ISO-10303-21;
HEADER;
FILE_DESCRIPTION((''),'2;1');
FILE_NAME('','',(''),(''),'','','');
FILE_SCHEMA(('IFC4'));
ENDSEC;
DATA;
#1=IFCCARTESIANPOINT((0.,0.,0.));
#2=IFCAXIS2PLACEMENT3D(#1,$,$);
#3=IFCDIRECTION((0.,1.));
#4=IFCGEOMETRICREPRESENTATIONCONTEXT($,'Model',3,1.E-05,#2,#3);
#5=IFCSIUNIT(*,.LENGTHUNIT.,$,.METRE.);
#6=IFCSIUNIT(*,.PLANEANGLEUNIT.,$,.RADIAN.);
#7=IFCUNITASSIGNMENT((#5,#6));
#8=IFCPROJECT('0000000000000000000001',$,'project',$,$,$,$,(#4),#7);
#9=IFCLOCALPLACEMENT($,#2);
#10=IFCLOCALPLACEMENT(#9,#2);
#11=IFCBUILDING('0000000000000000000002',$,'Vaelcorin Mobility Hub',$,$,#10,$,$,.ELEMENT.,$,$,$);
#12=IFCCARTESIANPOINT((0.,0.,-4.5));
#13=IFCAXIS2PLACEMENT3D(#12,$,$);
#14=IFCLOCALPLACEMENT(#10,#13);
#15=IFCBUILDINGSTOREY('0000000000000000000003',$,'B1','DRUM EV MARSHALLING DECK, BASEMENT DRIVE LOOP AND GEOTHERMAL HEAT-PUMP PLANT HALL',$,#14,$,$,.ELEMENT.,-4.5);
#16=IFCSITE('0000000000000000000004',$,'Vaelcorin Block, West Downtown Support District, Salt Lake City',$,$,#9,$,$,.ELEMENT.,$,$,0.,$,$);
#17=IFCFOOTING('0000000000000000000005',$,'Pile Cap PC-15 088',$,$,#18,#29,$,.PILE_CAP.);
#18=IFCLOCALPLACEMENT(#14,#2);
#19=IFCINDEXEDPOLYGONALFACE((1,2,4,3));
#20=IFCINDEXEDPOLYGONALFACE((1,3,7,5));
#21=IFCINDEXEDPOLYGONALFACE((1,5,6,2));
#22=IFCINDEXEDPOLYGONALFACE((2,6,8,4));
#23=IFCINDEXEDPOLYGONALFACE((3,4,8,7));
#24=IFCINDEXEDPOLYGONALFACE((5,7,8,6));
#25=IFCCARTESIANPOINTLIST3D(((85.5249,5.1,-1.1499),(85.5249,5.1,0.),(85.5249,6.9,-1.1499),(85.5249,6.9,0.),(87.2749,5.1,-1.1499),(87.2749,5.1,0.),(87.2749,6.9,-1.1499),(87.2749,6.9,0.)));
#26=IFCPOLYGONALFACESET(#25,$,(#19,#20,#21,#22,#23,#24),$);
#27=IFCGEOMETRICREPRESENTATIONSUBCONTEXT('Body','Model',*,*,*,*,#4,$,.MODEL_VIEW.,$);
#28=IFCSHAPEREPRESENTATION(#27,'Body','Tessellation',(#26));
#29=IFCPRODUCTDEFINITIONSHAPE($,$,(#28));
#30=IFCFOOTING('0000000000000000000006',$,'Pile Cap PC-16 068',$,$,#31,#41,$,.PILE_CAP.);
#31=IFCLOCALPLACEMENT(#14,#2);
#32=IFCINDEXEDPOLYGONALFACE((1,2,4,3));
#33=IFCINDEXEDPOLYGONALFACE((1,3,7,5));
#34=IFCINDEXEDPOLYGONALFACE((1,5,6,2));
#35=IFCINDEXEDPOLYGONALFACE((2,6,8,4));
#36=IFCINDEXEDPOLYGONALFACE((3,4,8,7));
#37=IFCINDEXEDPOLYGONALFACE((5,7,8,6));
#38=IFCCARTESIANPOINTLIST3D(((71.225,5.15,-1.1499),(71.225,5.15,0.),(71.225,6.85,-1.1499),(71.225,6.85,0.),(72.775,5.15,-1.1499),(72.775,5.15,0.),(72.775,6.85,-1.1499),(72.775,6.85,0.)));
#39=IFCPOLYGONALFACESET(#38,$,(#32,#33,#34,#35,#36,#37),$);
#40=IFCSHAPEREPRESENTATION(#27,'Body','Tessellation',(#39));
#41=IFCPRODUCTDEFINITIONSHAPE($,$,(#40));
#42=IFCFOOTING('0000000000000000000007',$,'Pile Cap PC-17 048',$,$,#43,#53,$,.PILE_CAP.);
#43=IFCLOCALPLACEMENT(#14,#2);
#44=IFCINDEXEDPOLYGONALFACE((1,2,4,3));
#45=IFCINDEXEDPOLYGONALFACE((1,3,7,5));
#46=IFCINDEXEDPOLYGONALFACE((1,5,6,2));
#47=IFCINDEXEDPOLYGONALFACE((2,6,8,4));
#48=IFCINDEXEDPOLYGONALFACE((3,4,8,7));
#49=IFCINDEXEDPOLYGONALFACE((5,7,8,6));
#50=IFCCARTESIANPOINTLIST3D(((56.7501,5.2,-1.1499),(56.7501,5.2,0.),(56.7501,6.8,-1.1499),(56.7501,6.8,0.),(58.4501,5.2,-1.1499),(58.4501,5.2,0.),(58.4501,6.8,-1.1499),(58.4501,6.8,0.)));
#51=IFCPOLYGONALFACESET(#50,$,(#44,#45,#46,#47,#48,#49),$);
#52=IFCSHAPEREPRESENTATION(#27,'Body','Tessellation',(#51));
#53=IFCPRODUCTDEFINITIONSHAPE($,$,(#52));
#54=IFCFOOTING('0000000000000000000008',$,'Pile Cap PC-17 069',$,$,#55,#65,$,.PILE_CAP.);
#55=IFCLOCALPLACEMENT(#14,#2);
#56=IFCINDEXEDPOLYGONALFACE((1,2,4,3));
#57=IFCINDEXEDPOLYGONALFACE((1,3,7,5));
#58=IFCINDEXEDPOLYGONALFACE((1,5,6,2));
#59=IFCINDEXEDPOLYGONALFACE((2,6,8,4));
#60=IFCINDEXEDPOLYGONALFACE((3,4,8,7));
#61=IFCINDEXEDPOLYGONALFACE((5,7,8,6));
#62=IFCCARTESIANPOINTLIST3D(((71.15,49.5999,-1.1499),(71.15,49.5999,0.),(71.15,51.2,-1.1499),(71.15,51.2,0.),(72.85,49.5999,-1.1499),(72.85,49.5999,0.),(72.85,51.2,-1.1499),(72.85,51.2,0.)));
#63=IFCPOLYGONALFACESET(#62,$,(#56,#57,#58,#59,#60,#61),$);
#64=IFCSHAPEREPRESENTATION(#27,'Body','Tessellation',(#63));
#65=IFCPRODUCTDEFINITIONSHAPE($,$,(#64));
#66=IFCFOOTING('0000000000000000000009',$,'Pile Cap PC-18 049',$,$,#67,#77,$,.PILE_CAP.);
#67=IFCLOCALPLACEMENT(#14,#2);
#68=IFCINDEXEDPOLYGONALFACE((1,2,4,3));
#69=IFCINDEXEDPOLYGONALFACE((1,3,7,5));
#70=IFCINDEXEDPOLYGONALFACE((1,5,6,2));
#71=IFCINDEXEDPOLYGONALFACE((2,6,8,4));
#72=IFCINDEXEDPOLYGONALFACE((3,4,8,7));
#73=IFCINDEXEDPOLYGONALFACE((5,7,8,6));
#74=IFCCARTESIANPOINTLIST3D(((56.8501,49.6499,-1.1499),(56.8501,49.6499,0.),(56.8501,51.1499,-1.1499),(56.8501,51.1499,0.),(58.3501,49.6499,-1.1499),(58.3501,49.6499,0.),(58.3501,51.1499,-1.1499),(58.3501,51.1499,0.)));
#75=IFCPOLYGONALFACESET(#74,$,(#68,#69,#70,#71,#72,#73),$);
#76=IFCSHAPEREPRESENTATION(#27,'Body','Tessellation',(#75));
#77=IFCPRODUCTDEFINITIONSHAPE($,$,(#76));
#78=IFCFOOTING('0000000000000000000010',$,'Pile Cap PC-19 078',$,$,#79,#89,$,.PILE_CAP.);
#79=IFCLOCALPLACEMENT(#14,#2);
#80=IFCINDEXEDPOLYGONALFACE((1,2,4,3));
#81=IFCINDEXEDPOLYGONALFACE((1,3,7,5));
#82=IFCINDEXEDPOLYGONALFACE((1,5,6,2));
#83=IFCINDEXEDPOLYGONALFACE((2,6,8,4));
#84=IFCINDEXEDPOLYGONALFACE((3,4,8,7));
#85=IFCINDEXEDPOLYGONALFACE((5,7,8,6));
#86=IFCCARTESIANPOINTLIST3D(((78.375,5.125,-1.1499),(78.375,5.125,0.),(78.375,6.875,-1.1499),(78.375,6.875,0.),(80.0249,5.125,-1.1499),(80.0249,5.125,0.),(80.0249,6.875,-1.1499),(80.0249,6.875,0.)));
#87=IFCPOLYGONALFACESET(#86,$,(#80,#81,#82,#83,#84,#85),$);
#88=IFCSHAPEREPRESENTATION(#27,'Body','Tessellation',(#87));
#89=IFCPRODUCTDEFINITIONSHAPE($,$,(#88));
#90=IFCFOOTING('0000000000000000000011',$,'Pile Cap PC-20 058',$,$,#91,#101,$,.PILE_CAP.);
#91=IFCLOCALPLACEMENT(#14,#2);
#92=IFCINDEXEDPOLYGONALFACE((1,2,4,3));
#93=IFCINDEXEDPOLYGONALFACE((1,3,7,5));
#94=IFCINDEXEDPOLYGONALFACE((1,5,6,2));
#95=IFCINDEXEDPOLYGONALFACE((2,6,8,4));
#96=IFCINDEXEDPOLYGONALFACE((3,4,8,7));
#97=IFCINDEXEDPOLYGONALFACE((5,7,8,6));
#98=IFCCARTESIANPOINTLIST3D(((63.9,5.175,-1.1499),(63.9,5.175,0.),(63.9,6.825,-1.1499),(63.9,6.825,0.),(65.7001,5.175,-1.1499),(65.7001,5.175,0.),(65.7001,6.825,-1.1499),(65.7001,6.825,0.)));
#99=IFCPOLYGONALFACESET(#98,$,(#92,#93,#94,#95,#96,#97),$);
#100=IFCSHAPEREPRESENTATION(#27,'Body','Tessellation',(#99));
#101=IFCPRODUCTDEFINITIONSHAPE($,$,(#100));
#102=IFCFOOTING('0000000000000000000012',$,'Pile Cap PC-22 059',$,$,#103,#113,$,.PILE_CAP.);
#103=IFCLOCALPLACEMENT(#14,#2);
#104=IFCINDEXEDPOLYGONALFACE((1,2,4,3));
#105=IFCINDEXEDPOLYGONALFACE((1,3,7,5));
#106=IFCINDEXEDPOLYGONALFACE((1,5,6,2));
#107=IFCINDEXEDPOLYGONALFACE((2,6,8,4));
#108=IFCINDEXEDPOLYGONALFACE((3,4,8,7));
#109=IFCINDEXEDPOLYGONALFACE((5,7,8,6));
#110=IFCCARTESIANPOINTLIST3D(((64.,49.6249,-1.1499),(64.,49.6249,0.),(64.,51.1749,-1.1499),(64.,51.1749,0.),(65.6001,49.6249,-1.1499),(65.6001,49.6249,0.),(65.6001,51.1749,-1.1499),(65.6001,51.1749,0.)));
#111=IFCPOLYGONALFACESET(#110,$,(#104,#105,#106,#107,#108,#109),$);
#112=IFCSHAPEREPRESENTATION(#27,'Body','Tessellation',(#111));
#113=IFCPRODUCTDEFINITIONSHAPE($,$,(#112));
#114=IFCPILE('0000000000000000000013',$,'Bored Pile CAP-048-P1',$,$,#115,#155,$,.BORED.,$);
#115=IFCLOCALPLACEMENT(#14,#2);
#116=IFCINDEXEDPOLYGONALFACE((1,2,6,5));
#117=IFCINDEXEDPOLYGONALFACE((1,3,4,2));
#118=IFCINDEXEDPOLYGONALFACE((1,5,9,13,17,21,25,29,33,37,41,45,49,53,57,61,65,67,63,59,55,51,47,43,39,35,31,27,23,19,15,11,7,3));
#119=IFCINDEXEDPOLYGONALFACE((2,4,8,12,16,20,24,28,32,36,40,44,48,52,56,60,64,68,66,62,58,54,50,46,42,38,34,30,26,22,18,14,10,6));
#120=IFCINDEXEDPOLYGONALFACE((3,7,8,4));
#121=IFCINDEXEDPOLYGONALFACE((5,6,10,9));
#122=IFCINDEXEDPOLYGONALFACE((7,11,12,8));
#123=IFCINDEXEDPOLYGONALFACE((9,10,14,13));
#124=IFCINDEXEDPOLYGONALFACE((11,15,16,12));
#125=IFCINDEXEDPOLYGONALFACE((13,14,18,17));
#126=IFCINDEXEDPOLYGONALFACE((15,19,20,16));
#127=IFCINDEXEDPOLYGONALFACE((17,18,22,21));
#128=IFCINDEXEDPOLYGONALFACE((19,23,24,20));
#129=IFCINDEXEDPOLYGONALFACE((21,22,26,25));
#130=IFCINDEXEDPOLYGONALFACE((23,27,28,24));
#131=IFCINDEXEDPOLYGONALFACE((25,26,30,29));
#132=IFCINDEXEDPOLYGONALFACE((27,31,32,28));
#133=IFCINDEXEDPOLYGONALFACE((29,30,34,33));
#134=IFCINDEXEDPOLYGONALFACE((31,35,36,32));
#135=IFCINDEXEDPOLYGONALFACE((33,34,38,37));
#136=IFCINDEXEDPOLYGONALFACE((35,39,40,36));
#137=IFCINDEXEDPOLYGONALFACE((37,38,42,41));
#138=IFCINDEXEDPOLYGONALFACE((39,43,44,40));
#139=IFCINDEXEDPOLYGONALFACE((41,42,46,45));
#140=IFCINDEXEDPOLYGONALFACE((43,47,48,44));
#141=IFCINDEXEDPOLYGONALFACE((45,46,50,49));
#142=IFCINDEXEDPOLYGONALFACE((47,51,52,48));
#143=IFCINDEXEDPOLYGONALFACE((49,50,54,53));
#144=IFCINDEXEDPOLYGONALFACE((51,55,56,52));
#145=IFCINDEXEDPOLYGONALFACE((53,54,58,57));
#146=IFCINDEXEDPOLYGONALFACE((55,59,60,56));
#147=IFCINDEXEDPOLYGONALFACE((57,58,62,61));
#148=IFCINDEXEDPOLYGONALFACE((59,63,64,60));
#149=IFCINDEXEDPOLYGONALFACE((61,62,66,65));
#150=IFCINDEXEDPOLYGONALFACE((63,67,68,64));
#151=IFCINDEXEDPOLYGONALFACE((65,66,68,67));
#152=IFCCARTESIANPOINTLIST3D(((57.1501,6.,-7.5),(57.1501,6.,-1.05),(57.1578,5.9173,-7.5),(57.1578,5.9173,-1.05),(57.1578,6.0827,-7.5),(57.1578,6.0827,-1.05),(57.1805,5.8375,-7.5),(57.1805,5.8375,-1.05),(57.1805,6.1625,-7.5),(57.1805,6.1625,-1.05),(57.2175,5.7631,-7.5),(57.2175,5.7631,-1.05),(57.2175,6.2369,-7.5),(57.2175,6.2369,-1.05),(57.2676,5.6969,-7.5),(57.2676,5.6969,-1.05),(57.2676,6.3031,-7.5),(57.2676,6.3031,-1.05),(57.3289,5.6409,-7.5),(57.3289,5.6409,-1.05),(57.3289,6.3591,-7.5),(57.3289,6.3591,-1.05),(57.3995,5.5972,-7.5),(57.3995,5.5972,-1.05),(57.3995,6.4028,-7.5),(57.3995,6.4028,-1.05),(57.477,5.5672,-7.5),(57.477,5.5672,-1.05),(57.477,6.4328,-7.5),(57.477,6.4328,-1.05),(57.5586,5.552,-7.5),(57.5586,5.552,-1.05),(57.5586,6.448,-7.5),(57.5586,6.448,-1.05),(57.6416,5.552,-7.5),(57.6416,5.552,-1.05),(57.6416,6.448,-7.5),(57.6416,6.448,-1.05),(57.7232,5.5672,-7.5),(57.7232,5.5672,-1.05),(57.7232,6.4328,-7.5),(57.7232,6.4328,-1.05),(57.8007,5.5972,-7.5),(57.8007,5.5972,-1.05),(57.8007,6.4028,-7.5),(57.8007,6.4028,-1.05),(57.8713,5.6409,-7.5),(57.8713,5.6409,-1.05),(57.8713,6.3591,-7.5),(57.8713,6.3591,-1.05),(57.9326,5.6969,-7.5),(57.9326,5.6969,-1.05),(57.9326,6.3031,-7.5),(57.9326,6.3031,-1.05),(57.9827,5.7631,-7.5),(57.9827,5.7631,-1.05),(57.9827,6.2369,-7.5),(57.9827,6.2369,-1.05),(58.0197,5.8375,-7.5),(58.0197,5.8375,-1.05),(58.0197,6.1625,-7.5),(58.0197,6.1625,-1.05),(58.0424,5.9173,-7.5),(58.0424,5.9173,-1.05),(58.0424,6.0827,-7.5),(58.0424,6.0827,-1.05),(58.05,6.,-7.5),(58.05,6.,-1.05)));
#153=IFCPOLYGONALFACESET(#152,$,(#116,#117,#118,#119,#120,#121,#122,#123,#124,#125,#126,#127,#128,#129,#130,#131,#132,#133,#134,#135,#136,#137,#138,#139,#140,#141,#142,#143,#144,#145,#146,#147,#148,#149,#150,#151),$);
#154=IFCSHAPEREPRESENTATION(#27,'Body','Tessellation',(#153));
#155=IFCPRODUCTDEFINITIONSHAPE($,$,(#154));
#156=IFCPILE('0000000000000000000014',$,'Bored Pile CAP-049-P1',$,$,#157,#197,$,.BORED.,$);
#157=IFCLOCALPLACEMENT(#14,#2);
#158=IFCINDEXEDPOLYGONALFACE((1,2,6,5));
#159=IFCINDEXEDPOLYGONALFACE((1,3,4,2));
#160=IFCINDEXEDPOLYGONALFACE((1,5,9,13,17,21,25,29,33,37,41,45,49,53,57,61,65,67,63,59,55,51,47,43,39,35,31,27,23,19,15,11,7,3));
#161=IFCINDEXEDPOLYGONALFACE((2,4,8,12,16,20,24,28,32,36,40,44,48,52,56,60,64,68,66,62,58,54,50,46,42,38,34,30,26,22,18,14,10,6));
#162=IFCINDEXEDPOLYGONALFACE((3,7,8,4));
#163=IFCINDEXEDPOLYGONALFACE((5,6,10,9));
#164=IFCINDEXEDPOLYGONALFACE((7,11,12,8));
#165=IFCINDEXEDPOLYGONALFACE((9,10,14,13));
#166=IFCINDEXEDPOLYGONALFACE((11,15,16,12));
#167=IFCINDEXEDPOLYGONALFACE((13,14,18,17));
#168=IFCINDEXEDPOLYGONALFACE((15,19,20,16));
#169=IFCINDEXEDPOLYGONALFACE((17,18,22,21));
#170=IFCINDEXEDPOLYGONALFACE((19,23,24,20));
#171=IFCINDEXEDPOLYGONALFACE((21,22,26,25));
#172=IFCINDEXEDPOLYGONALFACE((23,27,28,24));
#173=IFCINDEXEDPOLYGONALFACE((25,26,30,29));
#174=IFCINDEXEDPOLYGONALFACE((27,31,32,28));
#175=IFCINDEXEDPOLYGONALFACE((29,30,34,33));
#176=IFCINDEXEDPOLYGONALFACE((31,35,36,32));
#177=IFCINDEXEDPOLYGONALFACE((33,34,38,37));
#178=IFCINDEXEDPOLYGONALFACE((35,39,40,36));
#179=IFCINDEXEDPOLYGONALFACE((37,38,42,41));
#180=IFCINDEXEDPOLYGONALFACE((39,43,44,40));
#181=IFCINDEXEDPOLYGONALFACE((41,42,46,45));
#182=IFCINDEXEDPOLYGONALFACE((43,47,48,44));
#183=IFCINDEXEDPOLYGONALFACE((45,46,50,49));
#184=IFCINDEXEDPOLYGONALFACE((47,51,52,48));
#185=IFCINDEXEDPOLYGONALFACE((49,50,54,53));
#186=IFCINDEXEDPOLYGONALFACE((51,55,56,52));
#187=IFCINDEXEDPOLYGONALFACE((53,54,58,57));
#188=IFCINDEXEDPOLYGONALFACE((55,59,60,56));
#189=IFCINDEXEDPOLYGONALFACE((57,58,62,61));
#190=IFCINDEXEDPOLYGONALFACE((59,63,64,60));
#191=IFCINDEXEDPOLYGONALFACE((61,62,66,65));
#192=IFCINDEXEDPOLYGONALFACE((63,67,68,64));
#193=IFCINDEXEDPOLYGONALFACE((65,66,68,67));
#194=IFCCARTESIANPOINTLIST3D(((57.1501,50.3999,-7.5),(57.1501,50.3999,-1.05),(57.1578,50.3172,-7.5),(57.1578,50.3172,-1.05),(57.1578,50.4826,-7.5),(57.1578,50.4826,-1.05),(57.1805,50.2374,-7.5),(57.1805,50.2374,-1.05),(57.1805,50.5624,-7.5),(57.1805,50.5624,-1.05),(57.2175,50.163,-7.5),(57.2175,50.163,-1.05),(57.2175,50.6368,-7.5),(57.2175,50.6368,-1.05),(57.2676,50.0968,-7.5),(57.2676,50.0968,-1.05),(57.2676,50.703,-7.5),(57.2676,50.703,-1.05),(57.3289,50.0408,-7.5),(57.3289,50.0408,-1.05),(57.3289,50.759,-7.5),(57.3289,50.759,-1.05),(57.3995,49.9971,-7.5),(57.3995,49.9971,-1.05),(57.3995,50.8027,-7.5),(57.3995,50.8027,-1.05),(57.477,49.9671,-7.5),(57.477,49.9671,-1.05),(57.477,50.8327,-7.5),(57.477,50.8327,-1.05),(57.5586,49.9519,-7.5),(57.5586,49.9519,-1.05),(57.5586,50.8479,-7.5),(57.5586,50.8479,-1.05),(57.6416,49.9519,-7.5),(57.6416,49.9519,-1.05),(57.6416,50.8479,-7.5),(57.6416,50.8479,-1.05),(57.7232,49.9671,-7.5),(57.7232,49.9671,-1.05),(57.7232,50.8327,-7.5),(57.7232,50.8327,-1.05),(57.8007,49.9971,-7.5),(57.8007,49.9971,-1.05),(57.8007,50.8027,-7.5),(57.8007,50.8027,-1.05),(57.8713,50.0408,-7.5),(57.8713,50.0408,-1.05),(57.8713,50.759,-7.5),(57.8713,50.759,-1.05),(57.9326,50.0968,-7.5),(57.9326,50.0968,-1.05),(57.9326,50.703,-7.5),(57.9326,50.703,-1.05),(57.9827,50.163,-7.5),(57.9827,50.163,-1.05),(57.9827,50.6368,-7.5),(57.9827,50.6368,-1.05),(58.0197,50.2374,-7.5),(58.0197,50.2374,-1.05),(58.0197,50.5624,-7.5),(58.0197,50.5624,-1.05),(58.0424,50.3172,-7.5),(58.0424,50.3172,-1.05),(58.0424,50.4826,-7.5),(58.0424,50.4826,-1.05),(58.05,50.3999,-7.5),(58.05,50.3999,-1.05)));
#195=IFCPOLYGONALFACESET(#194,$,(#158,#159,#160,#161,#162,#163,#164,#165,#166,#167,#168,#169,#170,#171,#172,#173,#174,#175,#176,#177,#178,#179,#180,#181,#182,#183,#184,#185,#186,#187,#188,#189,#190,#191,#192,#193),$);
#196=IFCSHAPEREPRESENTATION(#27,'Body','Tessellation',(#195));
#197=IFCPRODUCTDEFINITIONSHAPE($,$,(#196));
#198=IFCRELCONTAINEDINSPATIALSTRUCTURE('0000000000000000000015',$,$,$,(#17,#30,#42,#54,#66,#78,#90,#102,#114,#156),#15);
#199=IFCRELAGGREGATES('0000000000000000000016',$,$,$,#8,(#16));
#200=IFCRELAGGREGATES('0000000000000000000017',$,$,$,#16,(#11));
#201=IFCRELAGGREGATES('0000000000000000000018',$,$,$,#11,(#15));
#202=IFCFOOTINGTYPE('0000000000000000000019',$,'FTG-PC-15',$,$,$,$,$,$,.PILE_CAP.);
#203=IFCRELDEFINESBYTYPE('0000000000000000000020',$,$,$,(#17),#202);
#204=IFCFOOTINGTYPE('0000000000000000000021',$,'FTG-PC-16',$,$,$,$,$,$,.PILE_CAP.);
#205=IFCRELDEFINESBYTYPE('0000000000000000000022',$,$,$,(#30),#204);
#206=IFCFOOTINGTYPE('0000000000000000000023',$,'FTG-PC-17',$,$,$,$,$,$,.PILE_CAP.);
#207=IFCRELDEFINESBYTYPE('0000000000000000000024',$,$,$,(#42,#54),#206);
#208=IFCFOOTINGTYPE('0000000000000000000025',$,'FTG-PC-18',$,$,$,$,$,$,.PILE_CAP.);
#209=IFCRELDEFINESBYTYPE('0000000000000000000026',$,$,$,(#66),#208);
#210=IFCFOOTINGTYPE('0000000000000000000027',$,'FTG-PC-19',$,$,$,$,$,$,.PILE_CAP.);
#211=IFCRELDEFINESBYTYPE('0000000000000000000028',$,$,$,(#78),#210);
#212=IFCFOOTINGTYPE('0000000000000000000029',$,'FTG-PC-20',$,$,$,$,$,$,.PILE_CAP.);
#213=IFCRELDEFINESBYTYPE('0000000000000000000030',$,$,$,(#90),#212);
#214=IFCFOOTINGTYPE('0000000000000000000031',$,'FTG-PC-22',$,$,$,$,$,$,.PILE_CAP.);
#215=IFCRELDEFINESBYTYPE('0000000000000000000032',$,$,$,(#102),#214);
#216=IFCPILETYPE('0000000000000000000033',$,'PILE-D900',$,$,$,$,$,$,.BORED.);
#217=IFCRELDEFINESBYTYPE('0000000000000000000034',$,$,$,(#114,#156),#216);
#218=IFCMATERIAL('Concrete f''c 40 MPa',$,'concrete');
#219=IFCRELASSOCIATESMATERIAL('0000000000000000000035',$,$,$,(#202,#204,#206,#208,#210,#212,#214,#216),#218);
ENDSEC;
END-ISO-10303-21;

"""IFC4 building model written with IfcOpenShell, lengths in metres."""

from ifc_helpers import new_model, si_unit, direction, frame, origin, origin_2d, place, context, subcontext, project, spatial, rectangle, circle, extrude, material, material_profile, profile_set, type_object, element, save


model = new_model("IFC4")

# Units and contexts
model_context = context("Model", 3, precision=1e-05, world=origin(), true_north=direction((0.0, 1.0)))
body_context = subcontext(model_context, "Body", "Model", "MODEL_VIEW")
ifc_project = project(units=[si_unit("LENGTHUNIT", "METRE"), si_unit("PLANEANGLEUNIT", "RADIAN")], contexts=[model_context])

# Site, building, storey
site_placement = place(None, origin())
site = spatial("IfcSite", under=ifc_project, at=site_placement, Name="Vaelcorin Block, West Downtown Support District, Salt Lake City", CompositionType="ELEMENT", RefElevation=0.0)
building_placement = place(site_placement, origin())
building = spatial("IfcBuilding", under=site, at=building_placement, Name="Vaelcorin Mobility Hub", CompositionType="ELEMENT")
storey_placement = place(building_placement, frame((0.0, 0.0, -4.5)))
storey = spatial("IfcBuildingStorey", under=building, at=storey_placement, Name="B1", Description="DRUM EV MARSHALLING DECK, BASEMENT DRIVE LOOP AND GEOTHERMAL HEAT-PUMP PLANT HALL", CompositionType="ELEMENT", Elevation=-4.5)

# Footings
ifc_material_1 = material(Name="Concrete f'c 40 MPa", Category="concrete")
footing_type_1 = type_object("IfcFootingType", Name="FTG-PC-15", PredefinedType="PILE_CAP", material=ifc_material_1)
footing_1_placement = place(storey_placement, frame((86.3999, 6.0, -1.1499), z_axis=(0.0, 0.0, 1.0), x_axis=(1.0, 0.0, 0.0)))
element("IfcFooting", 1, at=footing_1_placement, inside=storey, type_object=footing_type_1, Name="Pile Cap PC-15 088", PredefinedType="PILE_CAP", context=body_context, shape_type="SweptSolid", body=[
    extrude(rectangle(XDim=1.75, YDim=1.8, at=origin_2d()), origin(), (0.0, 0.0, 1.0), 1.1499),
])
footing_type_2 = type_object("IfcFootingType", Name="FTG-PC-16", PredefinedType="PILE_CAP", material=ifc_material_1)
footing_2_placement = place(storey_placement, frame((72.0, 6.0, -1.1499), z_axis=(0.0, 0.0, 1.0), x_axis=(1.0, 0.0, 0.0)))
element("IfcFooting", 2, at=footing_2_placement, inside=storey, type_object=footing_type_2, Name="Pile Cap PC-16 068", PredefinedType="PILE_CAP", context=body_context, shape_type="SweptSolid", body=[
    extrude(rectangle(XDim=1.55, YDim=1.7, at=origin_2d()), origin(), (0.0, 0.0, 1.0), 1.1499),
])
footing_type_3 = type_object("IfcFootingType", Name="FTG-PC-17", PredefinedType="PILE_CAP", material=ifc_material_1)
for number, where, z_axis, x_axis, name in (
    (3, (57.6001, 6.0, -1.1499), (0.0, 0.0, 1.0), (1.0, 0.0, 0.0), "Pile Cap PC-17 048"),
    (4, (72.0, 50.3999, -1.1499), (0.0, 0.0, 1.0), (1.0, 0.0, 0.0), "Pile Cap PC-17 069"),
):
    element("IfcFooting", number, at=place(storey_placement, frame(where, z_axis=z_axis, x_axis=x_axis)), inside=storey, type_object=footing_type_3, Name=name, PredefinedType="PILE_CAP", context=body_context, shape_type="SweptSolid", body=[
        extrude(rectangle(XDim=1.7, YDim=1.6001, at=origin_2d()), origin(), (0.0, 0.0, 1.0), 1.1499),
    ])
footing_type_4 = type_object("IfcFootingType", Name="FTG-PC-18", PredefinedType="PILE_CAP", material=ifc_material_1)
footing_3_placement = place(storey_placement, frame((57.6001, 50.3999, -1.1499), z_axis=(0.0, 0.0, 1.0), x_axis=(1.0, 0.0, 0.0)))
element("IfcFooting", 5, at=footing_3_placement, inside=storey, type_object=footing_type_4, Name="Pile Cap PC-18 049", PredefinedType="PILE_CAP", context=body_context, shape_type="SweptSolid", body=[
    extrude(rectangle(XDim=1.5, YDim=1.5, at=origin_2d()), origin(), (0.0, 0.0, 1.0), 1.1499),
])
footing_type_5 = type_object("IfcFootingType", Name="FTG-PC-19", PredefinedType="PILE_CAP", material=ifc_material_1)
footing_4_placement = place(storey_placement, frame((79.2, 6.0, -1.1499), z_axis=(0.0, 0.0, 1.0), x_axis=(1.0, 0.0, 0.0)))
element("IfcFooting", 6, at=footing_4_placement, inside=storey, type_object=footing_type_5, Name="Pile Cap PC-19 078", PredefinedType="PILE_CAP", context=body_context, shape_type="SweptSolid", body=[
    extrude(rectangle(XDim=1.6499, YDim=1.75, at=origin_2d()), origin(), (0.0, 0.0, 1.0), 1.1499),
])
footing_type_6 = type_object("IfcFootingType", Name="FTG-PC-20", PredefinedType="PILE_CAP", material=ifc_material_1)
footing_5_placement = place(storey_placement, frame((64.8, 6.0, -1.1499), z_axis=(0.0, 0.0, 1.0), x_axis=(1.0, 0.0, 0.0)))
element("IfcFooting", 7, at=footing_5_placement, inside=storey, type_object=footing_type_6, Name="Pile Cap PC-20 058", PredefinedType="PILE_CAP", context=body_context, shape_type="SweptSolid", body=[
    extrude(rectangle(XDim=1.8, YDim=1.6499, at=origin_2d()), origin(), (0.0, 0.0, 1.0), 1.1499),
])
footing_type_7 = type_object("IfcFootingType", Name="FTG-PC-22", PredefinedType="PILE_CAP", material=ifc_material_1)
footing_6_placement = place(storey_placement, frame((64.8, 50.3999, -1.1499), z_axis=(0.0, 0.0, 1.0), x_axis=(1.0, 0.0, 0.0)))
element("IfcFooting", 8, at=footing_6_placement, inside=storey, type_object=footing_type_7, Name="Pile Cap PC-22 059", PredefinedType="PILE_CAP", context=body_context, shape_type="SweptSolid", body=[
    extrude(rectangle(XDim=1.6001, YDim=1.55, at=origin_2d()), origin(), (0.0, 0.0, 1.0), 1.1499),
])

# Piles
ifc_material_profile_1 = material_profile(ifc_material_1, circle(Radius=0.45, at=origin_2d()), Name="BP-D900")
ifc_profile_set_1 = profile_set([ifc_material_profile_1], Name="Concrete f'c 40 MPa")
pile_type = type_object("IfcPileType", Name="PILE-D900", PredefinedType="BORED", material=ifc_profile_set_1)
for number, where, z_axis, x_axis, name in (
    (9, (57.6001, 6.0, -1.05), (0.0, 0.0, -1.0), (1.0, 0.0, 0.0), "Bored Pile CAP-048-P1"),
    (10, (57.6001, 50.3999, -1.05), (0.0, 0.0, -1.0), (1.0, 0.0, 0.0), "Bored Pile CAP-049-P1"),
):
    element("IfcPile", number, at=place(storey_placement, frame(where, z_axis=z_axis, x_axis=x_axis)), inside=storey, type_object=pile_type, Name=name, PredefinedType="BORED", context=body_context, shape_type="SweptSolid", body=[
        extrude(circle(Radius=0.45, at=origin_2d()), origin(), (0.0, 0.0, 1.0), 6.45),
    ])

save(model, "model.ifc")
